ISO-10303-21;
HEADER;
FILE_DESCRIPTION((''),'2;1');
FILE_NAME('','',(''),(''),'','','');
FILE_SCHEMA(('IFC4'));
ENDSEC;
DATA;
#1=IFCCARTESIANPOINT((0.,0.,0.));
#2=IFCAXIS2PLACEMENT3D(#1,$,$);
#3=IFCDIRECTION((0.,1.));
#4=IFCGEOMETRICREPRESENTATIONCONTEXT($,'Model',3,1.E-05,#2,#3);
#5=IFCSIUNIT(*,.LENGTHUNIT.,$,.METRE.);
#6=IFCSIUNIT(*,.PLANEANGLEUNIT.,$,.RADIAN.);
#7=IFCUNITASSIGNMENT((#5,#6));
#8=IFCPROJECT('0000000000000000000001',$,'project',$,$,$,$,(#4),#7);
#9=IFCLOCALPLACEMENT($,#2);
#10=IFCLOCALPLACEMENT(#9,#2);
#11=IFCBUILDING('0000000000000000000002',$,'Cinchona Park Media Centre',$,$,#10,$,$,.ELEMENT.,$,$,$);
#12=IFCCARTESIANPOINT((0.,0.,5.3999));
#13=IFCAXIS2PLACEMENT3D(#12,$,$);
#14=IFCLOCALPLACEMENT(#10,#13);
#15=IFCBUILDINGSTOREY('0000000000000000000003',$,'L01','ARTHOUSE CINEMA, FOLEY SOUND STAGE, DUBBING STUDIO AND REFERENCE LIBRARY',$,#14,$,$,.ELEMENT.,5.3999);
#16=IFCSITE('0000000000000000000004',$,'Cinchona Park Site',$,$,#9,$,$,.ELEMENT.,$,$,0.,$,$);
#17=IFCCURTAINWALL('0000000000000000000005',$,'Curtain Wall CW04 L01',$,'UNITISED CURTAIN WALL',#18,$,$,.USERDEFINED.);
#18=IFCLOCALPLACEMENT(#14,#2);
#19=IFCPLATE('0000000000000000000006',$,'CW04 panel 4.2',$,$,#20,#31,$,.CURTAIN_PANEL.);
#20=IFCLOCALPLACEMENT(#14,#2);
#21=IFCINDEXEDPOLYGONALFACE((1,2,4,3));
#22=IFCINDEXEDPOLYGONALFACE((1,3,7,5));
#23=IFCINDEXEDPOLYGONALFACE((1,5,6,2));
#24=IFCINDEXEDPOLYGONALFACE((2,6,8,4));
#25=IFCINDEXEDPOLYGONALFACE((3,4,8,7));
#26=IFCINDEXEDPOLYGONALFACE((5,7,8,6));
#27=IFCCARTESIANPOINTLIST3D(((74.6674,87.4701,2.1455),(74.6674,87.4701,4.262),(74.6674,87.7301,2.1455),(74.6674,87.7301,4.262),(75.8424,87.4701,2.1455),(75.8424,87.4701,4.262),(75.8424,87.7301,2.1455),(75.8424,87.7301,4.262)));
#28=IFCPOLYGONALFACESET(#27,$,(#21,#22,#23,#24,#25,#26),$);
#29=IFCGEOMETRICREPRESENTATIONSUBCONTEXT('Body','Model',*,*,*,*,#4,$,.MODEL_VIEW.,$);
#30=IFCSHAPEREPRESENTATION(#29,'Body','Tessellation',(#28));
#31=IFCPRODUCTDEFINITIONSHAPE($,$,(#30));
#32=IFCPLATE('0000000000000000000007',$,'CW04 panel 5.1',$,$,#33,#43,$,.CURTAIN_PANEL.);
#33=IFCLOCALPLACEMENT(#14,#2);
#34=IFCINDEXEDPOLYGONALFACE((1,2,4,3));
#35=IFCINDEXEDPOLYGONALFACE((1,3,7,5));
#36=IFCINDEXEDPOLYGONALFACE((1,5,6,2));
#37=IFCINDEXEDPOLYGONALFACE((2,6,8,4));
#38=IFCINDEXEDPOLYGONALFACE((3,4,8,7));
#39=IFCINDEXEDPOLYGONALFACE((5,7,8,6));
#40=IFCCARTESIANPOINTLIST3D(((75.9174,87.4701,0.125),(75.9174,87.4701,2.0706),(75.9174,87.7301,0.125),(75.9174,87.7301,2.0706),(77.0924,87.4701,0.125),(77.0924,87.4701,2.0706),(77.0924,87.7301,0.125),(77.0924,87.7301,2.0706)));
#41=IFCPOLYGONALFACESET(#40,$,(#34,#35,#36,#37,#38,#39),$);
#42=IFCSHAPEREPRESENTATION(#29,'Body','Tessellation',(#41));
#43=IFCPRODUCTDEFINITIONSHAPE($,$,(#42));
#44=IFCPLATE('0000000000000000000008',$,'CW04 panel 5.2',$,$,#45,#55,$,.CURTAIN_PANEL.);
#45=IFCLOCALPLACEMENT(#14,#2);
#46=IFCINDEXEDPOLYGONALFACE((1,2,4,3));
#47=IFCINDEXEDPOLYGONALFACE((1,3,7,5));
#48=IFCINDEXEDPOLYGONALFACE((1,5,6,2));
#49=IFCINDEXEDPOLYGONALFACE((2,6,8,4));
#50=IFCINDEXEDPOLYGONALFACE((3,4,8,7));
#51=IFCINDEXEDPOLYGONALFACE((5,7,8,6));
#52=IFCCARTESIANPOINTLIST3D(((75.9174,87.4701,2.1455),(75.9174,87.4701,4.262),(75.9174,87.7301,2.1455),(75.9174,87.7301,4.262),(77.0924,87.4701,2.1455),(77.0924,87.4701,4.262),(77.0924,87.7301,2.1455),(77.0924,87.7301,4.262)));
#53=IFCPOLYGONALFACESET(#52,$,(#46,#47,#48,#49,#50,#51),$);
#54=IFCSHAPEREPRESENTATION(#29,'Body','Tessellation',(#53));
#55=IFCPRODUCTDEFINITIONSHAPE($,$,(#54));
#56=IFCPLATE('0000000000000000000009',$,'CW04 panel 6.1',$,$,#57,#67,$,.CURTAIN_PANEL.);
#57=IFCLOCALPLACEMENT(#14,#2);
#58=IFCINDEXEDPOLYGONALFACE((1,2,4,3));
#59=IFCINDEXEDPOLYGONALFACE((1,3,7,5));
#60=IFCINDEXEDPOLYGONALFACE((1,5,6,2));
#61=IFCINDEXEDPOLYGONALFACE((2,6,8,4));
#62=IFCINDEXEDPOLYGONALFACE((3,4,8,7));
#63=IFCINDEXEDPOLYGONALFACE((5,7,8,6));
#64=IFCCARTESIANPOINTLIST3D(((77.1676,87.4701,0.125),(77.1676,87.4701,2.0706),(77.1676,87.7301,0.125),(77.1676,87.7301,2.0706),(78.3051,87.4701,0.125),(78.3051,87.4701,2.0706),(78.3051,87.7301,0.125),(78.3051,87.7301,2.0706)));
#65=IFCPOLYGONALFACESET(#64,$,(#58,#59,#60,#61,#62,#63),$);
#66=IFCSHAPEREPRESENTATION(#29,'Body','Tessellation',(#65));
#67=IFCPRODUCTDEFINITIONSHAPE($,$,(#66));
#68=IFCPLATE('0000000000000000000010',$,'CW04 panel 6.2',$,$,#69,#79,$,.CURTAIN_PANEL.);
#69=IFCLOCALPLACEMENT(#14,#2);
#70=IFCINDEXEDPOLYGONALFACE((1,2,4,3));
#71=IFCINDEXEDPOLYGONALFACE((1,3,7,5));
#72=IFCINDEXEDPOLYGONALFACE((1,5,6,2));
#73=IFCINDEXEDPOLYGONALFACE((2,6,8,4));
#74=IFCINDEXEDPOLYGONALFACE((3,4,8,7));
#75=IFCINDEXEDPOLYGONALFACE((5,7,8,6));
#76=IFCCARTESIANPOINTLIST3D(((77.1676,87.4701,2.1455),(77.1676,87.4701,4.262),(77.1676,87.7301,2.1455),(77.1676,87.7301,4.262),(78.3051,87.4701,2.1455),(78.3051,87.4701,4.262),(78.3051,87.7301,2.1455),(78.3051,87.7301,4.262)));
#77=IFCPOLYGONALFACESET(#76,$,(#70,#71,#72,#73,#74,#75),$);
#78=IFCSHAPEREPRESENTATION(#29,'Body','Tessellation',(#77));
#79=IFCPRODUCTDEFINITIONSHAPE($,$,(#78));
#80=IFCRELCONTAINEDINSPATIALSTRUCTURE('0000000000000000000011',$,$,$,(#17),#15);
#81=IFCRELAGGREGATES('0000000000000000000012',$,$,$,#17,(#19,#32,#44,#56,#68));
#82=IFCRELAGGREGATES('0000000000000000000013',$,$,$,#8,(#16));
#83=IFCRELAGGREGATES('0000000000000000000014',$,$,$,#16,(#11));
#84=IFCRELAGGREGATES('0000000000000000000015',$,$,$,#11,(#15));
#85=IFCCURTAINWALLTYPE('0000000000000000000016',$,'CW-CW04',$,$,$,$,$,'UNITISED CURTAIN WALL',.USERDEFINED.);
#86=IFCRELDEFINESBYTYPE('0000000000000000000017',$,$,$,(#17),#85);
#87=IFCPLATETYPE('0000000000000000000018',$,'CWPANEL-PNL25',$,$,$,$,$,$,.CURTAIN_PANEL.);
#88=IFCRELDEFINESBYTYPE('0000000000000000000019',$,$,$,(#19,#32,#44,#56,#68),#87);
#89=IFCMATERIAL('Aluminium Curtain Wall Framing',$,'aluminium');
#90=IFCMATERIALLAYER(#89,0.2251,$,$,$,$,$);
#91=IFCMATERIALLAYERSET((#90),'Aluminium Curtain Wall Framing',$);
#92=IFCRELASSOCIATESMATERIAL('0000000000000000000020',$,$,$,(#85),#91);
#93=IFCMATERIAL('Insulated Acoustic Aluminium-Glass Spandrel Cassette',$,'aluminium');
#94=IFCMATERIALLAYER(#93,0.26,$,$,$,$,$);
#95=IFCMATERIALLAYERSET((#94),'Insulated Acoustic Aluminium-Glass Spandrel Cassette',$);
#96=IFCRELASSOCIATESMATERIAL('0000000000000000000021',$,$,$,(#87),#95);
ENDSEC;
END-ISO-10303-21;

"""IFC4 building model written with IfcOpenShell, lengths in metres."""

from ifc_helpers import new_model, si_unit, direction, frame, origin, origin_2d, place, context, subcontext, project, spatial, rectangle, extrude, material, layer, layer_set, type_object, element, aggregate, save


model = new_model("IFC4")

# Units and contexts
model_context = context("Model", 3, precision=1e-05, world=origin(), true_north=direction((0.0, 1.0)))
body_context = subcontext(model_context, "Body", "Model", "MODEL_VIEW")
ifc_project = project(units=[si_unit("LENGTHUNIT", "METRE"), si_unit("PLANEANGLEUNIT", "RADIAN")], contexts=[model_context])

# Site, building, storey
site_placement = place(None, origin())
site = spatial("IfcSite", under=ifc_project, at=site_placement, Name="Cinchona Park Site", CompositionType="ELEMENT", RefElevation=0.0)
building_placement = place(site_placement, origin())
building = spatial("IfcBuilding", under=site, at=building_placement, Name="Cinchona Park Media Centre", CompositionType="ELEMENT")
storey_placement = place(building_placement, frame((0.0, 0.0, 5.3999)))
storey = spatial("IfcBuildingStorey", under=building, at=storey_placement, Name="L01", Description="ARTHOUSE CINEMA, FOLEY SOUND STAGE, DUBBING STUDIO AND REFERENCE LIBRARY", CompositionType="ELEMENT", Elevation=5.3999)

# Curtain wall, plates
ifc_material_1 = material(Name="Aluminium Curtain Wall Framing", Category="aluminium")
ifc_layer_1 = layer(ifc_material_1, 0.2251)
ifc_layer_set_1 = layer_set([ifc_layer_1], Name="Aluminium Curtain Wall Framing")
curtain_wall_type_1 = type_object("IfcCurtainWallType", Name="CW-CW04", ElementType="UNITISED CURTAIN WALL", PredefinedType="USERDEFINED", material=ifc_layer_set_1)
curtain_wall_1_placement = place(storey_placement, origin())
curtain_wall_1 = element("IfcCurtainWall", 1, at=curtain_wall_1_placement, inside=storey, type_object=curtain_wall_type_1, Name="Curtain Wall CW04 L01", ObjectType="UNITISED CURTAIN WALL", PredefinedType="USERDEFINED")
ifc_material_2 = material(Name="Insulated Acoustic Aluminium-Glass Spandrel Cassette", Category="aluminium")
ifc_layer_2 = layer(ifc_material_2, 0.26)
ifc_layer_set_2 = layer_set([ifc_layer_2], Name="Insulated Acoustic Aluminium-Glass Spandrel Cassette")
plate_type = type_object("IfcPlateType", Name="CWPANEL-PNL25", PredefinedType="CURTAIN_PANEL", material=ifc_layer_set_2)
plate_1_placement = place(storey_placement, frame((75.2549, 87.6001, 2.1455), z_axis=(0.0, 0.0, 1.0), x_axis=(1.0, 0.0, 0.0)))
plate_1 = element("IfcPlate", 2, at=plate_1_placement, type_object=plate_type, Name="CW04 panel 4.2", PredefinedType="CURTAIN_PANEL", context=body_context, shape_type="SweptSolid", body=[
    extrude(rectangle(XDim=1.175, YDim=0.26, at=origin_2d()), origin(), (0.0, 0.0, 1.0), 2.1165),
])
plate_2_placement = place(storey_placement, frame((76.5049, 87.6001, 0.125), z_axis=(0.0, 0.0, 1.0), x_axis=(1.0, 0.0, 0.0)))
plate_2 = element("IfcPlate", 3, at=plate_2_placement, type_object=plate_type, Name="CW04 panel 5.1", PredefinedType="CURTAIN_PANEL", context=body_context, shape_type="SweptSolid", body=[
    extrude(rectangle(XDim=1.175, YDim=0.26, at=origin_2d()), origin(), (0.0, 0.0, 1.0), 1.9456),
])
plate_3_placement = place(storey_placement, frame((76.5049, 87.6001, 2.1455), z_axis=(0.0, 0.0, 1.0), x_axis=(1.0, 0.0, 0.0)))
plate_3 = element("IfcPlate", 4, at=plate_3_placement, type_object=plate_type, Name="CW04 panel 5.2", PredefinedType="CURTAIN_PANEL", context=body_context, shape_type="SweptSolid", body=[
    extrude(rectangle(XDim=1.175, YDim=0.26, at=origin_2d()), origin(), (0.0, 0.0, 1.0), 2.1165),
])
plate_4_placement = place(storey_placement, frame((77.7363, 87.6001, 0.125), z_axis=(0.0, 0.0, 1.0), x_axis=(1.0, 0.0, 0.0)))
plate_4 = element("IfcPlate", 5, at=plate_4_placement, type_object=plate_type, Name="CW04 panel 6.1", PredefinedType="CURTAIN_PANEL", context=body_context, shape_type="SweptSolid", body=[
    extrude(rectangle(XDim=1.1375, YDim=0.26, at=origin_2d()), origin(), (0.0, 0.0, 1.0), 1.9456),
])
plate_5_placement = place(storey_placement, frame((77.7363, 87.6001, 2.1455), z_axis=(0.0, 0.0, 1.0), x_axis=(1.0, 0.0, 0.0)))
plate_5 = element("IfcPlate", 6, at=plate_5_placement, type_object=plate_type, Name="CW04 panel 6.2", PredefinedType="CURTAIN_PANEL", context=body_context, shape_type="SweptSolid", body=[
    extrude(rectangle(XDim=1.1375, YDim=0.26, at=origin_2d()), origin(), (0.0, 0.0, 1.0), 2.1165),
])
aggregate(curtain_wall_1, [plate_1, plate_2, plate_3, plate_4, plate_5])

save(model, "model.ifc")
